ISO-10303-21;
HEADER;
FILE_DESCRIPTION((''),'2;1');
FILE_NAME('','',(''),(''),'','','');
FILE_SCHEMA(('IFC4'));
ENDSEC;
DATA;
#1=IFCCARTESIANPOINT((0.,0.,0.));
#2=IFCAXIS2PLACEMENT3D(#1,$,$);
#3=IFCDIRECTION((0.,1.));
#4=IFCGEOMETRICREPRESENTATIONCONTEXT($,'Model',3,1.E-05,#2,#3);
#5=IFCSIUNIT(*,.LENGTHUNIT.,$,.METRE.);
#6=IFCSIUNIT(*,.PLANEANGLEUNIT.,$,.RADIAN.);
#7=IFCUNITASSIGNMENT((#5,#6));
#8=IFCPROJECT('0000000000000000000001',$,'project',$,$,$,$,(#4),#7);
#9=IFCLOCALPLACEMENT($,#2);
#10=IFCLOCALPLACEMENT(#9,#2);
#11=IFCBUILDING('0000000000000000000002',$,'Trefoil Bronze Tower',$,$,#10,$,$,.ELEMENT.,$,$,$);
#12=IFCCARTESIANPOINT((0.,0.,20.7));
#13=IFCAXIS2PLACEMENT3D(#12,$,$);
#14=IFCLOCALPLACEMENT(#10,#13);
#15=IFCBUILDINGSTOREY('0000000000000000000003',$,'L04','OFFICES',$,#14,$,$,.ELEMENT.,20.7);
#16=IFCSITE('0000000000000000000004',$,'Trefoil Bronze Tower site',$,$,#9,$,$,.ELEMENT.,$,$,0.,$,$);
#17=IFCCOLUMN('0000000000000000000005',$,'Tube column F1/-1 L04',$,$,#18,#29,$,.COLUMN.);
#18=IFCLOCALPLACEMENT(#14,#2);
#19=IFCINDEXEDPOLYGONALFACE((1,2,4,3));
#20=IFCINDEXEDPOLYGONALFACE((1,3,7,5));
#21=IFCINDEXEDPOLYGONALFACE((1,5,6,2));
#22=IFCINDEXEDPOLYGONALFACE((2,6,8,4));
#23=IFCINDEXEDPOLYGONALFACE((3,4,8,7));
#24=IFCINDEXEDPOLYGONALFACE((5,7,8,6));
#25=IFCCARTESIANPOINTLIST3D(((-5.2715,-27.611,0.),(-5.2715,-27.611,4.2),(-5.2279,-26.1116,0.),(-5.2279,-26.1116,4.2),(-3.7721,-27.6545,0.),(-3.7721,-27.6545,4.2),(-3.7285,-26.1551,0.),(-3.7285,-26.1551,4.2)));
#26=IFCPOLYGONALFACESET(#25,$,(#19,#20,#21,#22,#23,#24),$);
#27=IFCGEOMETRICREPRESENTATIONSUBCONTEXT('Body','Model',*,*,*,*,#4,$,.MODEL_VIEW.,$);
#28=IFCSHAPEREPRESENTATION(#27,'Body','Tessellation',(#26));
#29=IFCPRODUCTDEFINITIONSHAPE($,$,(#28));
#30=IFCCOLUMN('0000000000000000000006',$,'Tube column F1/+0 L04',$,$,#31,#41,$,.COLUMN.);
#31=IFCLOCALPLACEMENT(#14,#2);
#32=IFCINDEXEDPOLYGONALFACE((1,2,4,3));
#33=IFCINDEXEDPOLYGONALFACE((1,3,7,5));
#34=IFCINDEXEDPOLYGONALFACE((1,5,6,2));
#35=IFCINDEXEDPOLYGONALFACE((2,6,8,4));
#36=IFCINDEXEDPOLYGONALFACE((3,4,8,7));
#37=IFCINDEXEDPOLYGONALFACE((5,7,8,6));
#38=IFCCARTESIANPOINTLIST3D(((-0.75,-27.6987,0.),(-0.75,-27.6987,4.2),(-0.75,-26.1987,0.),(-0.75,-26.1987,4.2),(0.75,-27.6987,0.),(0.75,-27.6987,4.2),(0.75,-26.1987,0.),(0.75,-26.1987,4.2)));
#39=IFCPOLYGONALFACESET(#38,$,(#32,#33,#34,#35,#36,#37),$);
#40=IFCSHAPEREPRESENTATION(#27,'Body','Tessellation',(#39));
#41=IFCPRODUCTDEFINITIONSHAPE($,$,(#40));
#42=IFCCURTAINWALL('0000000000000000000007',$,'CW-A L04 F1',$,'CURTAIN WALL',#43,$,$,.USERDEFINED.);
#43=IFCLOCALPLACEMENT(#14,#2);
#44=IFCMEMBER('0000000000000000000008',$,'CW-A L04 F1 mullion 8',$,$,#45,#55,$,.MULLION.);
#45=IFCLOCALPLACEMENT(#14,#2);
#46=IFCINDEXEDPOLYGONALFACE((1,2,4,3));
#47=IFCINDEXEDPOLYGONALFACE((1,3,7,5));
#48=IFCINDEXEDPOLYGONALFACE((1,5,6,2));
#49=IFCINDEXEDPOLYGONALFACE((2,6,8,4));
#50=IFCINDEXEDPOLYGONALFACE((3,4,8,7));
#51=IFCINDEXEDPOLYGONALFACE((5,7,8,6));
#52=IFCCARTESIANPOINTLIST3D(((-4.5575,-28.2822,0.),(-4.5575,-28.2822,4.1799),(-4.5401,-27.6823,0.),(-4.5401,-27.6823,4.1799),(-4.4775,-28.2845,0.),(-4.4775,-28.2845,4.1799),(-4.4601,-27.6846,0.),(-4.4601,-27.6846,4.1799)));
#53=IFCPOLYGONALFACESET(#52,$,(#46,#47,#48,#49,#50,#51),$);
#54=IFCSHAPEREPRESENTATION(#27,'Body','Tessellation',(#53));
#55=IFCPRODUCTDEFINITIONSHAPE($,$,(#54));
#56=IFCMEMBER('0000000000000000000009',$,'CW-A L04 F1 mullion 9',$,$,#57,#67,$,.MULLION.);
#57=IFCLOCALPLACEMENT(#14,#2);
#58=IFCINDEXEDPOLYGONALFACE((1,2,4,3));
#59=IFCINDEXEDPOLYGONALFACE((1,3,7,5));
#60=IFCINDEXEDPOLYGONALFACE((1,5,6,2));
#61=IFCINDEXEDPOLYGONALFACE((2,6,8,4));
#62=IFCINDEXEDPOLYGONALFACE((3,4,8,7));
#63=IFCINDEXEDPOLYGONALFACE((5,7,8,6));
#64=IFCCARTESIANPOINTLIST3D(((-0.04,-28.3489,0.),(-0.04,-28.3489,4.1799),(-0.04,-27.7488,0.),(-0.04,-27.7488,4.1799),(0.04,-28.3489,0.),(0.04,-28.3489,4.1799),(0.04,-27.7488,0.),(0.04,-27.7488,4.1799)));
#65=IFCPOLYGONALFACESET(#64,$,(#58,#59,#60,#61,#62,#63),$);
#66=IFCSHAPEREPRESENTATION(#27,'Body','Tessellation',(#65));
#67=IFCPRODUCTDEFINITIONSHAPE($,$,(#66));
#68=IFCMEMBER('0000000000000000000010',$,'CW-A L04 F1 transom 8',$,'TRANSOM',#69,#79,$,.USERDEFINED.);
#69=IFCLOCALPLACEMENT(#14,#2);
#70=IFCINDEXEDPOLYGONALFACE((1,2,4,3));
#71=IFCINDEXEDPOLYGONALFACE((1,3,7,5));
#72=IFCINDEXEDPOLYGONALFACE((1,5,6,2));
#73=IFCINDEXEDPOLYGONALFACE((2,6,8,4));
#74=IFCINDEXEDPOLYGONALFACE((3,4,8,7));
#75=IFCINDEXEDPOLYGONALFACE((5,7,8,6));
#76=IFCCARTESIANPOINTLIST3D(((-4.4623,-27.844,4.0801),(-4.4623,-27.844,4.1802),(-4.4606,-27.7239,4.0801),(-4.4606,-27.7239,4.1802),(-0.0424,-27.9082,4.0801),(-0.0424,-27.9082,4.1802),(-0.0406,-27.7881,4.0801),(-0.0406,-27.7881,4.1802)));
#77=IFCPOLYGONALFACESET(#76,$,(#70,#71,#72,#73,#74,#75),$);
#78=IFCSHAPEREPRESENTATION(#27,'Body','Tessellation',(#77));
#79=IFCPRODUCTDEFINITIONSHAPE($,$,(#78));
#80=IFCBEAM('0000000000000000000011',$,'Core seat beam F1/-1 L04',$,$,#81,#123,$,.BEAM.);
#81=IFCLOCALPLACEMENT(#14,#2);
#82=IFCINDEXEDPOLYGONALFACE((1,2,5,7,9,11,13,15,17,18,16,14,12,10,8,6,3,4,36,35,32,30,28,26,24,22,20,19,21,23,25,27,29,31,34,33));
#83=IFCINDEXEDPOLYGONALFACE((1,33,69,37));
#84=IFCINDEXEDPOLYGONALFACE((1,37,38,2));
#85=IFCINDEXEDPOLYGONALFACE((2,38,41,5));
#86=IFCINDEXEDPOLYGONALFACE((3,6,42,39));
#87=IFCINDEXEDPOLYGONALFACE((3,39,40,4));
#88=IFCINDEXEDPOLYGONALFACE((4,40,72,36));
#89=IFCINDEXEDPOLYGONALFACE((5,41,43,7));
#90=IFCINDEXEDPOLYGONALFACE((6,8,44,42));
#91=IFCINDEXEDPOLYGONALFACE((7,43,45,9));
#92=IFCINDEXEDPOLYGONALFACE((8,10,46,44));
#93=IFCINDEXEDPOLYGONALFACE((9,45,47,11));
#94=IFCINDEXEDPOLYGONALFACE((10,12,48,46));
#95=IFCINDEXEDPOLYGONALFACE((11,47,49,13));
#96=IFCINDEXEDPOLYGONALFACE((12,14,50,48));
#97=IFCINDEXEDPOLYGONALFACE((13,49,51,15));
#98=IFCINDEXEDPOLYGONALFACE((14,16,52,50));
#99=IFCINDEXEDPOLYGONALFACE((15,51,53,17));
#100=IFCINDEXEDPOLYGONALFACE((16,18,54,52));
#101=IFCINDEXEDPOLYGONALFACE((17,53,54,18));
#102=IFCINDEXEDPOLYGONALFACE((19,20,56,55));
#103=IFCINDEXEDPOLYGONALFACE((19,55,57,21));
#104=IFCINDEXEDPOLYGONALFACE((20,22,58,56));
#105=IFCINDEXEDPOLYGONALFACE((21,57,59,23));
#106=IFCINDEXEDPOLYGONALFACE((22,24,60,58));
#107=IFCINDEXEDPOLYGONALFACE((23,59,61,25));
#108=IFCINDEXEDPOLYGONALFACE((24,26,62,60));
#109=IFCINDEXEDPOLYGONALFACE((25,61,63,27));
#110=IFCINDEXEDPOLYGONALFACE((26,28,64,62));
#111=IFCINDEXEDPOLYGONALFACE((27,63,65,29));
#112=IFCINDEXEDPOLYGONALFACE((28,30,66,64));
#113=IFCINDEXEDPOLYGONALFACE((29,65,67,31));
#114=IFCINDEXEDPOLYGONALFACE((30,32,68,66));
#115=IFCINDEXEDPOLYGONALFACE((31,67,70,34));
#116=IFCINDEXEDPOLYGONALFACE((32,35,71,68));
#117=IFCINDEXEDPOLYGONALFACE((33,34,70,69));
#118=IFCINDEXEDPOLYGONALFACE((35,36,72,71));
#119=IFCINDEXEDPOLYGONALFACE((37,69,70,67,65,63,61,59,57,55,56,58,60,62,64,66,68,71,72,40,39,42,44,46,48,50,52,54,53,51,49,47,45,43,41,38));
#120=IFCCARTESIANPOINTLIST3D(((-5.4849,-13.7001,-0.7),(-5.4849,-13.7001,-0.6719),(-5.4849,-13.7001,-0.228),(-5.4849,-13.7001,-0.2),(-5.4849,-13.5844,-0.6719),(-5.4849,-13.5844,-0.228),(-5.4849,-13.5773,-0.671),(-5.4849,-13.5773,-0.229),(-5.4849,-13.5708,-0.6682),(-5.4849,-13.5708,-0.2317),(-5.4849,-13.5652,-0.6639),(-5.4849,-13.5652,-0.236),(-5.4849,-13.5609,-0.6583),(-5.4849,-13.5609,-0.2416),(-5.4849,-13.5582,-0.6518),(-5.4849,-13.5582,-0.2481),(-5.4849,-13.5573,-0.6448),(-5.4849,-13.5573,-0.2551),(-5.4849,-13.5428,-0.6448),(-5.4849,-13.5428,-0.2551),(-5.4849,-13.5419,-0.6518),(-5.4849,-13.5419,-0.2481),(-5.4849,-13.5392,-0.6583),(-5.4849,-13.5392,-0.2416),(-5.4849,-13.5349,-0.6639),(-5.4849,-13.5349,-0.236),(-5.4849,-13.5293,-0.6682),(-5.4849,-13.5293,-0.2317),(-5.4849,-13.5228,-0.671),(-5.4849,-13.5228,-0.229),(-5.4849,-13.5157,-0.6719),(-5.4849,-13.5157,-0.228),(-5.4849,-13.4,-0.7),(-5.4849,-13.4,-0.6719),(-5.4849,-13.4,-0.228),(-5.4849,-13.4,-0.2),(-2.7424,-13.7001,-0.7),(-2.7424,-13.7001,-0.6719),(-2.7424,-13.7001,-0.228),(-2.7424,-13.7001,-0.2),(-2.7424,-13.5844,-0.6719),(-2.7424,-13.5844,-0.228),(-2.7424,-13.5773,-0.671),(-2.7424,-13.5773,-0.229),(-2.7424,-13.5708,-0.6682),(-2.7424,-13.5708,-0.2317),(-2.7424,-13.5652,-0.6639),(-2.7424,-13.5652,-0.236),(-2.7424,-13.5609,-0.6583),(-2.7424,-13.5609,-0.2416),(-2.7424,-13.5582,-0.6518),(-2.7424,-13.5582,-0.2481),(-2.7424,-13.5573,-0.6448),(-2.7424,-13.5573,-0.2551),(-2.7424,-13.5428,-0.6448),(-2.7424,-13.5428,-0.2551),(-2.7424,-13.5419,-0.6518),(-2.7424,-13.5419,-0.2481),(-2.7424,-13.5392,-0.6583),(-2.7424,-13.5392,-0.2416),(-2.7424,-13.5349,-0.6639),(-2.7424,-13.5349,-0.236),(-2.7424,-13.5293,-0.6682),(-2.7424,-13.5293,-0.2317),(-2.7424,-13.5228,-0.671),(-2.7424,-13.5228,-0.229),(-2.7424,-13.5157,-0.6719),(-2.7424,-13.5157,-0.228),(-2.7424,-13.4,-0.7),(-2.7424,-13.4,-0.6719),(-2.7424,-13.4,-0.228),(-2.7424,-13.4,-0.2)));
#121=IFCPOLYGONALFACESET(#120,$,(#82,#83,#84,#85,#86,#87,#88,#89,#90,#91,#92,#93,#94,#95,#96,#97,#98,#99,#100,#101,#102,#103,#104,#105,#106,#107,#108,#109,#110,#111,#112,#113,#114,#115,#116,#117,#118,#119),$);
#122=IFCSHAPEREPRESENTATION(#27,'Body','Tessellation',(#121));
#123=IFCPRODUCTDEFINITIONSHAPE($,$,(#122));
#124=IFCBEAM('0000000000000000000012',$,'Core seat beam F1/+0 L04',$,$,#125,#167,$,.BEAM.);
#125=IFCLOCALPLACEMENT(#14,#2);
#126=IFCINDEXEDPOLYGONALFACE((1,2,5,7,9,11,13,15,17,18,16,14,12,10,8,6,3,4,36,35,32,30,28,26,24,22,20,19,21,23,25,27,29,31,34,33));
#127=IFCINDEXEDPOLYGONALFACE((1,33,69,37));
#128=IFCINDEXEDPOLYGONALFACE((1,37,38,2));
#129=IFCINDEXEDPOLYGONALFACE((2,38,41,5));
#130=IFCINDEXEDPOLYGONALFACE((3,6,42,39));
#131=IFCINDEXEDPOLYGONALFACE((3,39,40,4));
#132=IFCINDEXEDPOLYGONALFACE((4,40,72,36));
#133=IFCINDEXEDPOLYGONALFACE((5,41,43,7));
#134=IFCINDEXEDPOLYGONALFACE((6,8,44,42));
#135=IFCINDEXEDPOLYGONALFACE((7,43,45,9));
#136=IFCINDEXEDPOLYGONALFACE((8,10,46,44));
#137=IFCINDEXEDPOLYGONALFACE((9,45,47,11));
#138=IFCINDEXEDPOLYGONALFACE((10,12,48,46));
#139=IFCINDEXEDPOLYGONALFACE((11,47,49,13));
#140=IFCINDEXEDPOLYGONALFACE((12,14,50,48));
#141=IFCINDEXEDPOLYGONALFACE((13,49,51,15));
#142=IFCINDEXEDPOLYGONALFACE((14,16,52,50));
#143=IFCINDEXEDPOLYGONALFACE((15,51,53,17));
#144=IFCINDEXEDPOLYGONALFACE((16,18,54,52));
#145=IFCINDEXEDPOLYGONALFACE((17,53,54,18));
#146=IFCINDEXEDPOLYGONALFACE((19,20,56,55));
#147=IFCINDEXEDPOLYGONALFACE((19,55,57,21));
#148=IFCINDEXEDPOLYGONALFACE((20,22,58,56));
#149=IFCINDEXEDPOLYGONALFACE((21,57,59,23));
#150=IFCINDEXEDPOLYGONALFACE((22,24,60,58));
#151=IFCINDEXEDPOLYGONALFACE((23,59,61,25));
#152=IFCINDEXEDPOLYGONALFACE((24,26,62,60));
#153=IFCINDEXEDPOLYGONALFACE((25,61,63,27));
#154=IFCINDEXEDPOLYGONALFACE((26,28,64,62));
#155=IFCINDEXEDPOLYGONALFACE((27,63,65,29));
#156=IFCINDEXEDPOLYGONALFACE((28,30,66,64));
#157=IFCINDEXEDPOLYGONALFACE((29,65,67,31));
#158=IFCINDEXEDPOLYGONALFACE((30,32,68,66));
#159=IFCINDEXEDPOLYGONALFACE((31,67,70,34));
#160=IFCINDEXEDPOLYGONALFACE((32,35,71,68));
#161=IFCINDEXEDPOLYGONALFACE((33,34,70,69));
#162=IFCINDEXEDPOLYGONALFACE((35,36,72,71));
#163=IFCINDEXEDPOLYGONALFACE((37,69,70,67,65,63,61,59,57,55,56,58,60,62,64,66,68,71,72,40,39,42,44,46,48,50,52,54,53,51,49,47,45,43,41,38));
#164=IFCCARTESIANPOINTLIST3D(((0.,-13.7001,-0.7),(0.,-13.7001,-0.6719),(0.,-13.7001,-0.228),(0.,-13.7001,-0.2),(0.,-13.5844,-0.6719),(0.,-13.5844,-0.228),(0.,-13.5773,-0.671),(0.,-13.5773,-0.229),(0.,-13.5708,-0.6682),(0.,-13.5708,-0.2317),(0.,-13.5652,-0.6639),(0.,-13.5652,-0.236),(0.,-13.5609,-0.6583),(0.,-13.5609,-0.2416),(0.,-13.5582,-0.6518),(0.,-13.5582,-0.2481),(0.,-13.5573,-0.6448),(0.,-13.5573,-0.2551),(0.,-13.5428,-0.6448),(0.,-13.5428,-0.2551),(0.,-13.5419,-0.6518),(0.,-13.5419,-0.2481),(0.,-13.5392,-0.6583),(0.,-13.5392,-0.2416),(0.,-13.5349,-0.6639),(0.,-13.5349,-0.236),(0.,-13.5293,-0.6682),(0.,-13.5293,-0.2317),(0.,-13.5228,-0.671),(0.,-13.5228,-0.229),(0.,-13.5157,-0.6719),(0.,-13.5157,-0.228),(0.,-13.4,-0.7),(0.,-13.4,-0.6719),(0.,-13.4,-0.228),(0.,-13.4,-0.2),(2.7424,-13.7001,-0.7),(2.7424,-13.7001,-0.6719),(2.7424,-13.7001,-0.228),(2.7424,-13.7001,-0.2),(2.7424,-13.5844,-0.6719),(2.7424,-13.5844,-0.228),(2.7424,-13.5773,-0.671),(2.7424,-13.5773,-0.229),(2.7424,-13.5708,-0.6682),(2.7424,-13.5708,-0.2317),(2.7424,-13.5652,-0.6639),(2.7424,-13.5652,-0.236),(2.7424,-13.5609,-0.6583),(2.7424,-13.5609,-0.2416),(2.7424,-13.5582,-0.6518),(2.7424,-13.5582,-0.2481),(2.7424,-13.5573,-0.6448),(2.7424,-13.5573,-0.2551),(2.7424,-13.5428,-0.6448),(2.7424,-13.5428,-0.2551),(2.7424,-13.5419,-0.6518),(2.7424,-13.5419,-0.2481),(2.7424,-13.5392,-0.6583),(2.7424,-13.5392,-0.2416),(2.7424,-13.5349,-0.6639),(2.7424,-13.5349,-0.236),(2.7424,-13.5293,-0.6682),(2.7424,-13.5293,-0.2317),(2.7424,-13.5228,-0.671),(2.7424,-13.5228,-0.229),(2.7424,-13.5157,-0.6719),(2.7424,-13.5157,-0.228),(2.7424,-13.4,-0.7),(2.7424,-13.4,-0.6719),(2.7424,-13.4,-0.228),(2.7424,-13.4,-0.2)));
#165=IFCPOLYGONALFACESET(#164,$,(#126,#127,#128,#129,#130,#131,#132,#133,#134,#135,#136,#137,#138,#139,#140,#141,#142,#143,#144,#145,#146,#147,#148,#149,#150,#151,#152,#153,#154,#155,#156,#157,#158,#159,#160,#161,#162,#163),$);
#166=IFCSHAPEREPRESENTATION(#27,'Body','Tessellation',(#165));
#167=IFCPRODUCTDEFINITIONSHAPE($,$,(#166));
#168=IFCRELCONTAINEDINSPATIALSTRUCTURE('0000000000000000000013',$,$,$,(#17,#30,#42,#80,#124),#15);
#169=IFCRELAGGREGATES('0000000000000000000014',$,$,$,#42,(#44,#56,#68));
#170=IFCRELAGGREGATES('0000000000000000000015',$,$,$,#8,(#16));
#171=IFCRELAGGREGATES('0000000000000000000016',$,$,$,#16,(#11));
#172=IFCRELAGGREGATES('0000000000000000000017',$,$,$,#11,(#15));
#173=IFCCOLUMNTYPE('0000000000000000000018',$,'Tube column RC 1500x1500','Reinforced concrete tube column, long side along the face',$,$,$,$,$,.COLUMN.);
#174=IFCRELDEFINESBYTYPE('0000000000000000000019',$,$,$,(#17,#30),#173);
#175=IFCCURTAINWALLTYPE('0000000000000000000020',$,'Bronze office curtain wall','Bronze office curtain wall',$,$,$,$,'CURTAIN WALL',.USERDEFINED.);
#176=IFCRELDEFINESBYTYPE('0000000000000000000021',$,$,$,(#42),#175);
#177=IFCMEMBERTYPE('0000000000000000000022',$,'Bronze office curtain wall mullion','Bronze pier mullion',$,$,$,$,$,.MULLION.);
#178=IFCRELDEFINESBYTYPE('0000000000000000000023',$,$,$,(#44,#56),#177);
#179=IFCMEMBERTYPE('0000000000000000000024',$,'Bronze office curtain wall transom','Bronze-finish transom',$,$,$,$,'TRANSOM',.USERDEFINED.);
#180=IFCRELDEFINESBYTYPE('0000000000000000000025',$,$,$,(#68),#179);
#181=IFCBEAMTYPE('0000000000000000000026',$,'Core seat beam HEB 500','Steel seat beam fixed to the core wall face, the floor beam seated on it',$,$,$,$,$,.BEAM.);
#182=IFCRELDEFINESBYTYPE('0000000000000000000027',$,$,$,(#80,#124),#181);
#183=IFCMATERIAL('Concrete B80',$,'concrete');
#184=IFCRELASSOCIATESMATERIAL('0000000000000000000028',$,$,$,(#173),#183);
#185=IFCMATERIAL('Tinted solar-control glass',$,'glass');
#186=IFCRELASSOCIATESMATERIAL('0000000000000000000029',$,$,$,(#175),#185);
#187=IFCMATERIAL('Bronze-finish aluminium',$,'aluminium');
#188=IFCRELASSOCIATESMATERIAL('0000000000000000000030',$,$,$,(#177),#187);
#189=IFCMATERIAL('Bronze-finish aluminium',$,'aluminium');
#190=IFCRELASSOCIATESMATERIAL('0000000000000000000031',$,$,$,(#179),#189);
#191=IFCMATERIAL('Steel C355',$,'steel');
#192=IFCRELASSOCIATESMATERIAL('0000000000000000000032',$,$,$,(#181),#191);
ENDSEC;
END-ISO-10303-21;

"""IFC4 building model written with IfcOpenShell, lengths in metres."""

from ifc_helpers import new_model, si_unit, direction, frame, origin, origin_2d, place, context, subcontext, project, spatial, rectangle, i_section, extrude, material, material_profile, profile_set, type_object, element, aggregate, save


model = new_model("IFC4")

# Units and contexts
model_context = context("Model", 3, precision=1e-05, world=origin(), true_north=direction((0.0, 1.0)))
body_context = subcontext(model_context, "Body", "Model", "MODEL_VIEW")
ifc_project = project(units=[si_unit("LENGTHUNIT", "METRE"), si_unit("PLANEANGLEUNIT", "RADIAN")], contexts=[model_context])

# Site, building, storey
site_placement = place(None, origin())
site = spatial("IfcSite", under=ifc_project, at=site_placement, Name="Trefoil Bronze Tower site", CompositionType="ELEMENT", RefElevation=0.0)
building_placement = place(site_placement, origin())
building = spatial("IfcBuilding", under=site, at=building_placement, Name="Trefoil Bronze Tower", CompositionType="ELEMENT")
storey_placement = place(building_placement, frame((0.0, 0.0, 20.7)))
storey = spatial("IfcBuildingStorey", under=building, at=storey_placement, Name="L04", Description="OFFICES", CompositionType="ELEMENT", Elevation=20.7)

# Columns
ifc_material_1 = material(Name="Concrete B80", Category="concrete")
ifc_material_profile_1 = material_profile(ifc_material_1, rectangle(XDim=1.5, YDim=1.5, at=origin_2d()), Name="RC 1500x1500")
ifc_profile_set_1 = profile_set([ifc_material_profile_1], Name="Concrete B80")
column_type = type_object("IfcColumnType", Name="Tube column RC 1500x1500", Description="Reinforced concrete tube column, long side along the face", PredefinedType="COLUMN", material=ifc_profile_set_1)
for number, where, z_axis, x_axis, name in (
    (1, (-4.5, -26.8831, 0.0), (0.0, 0.0, 1.0), (0.999579, -0.029022, 0.0), "Tube column F1/-1 L04"),
    (2, (0.0, -26.9487, 0.0), (0.0, 0.0, 1.0), (1.0, 0.0, 0.0), "Tube column F1/+0 L04"),
):
    element("IfcColumn", number, at=place(storey_placement, frame(where, z_axis=z_axis, x_axis=x_axis)), inside=storey, type_object=column_type, Name=name, PredefinedType="COLUMN", context=body_context, shape_type="SweptSolid", body=[
        extrude(rectangle(XDim=1.5, YDim=1.5, at=origin_2d()), origin(), (0.0, 0.0, 1.0), 4.2),
    ])

# Curtain wall, members
ifc_material_2 = material(Name="Tinted solar-control glass", Category="glass")
curtain_wall_type = type_object("IfcCurtainWallType", Name="Bronze office curtain wall", Description="Bronze office curtain wall", ElementType="CURTAIN WALL", PredefinedType="USERDEFINED", material=ifc_material_2)
curtain_wall_placement = place(storey_placement, origin())
curtain_wall = element("IfcCurtainWall", 3, at=curtain_wall_placement, inside=storey, type_object=curtain_wall_type, Name="CW-A L04 F1", ObjectType="CURTAIN WALL", PredefinedType="USERDEFINED")
ifc_material_3 = material(Name="Bronze-finish aluminium", Category="aluminium")
ifc_material_profile_2 = material_profile(ifc_material_3, rectangle(XDim=0.6001, YDim=0.0801, at=origin_2d()), Name="CW-A mullion")
ifc_profile_set_2 = profile_set([ifc_material_profile_2], Name="Bronze-finish aluminium")
member_type_1 = type_object("IfcMemberType", Name="Bronze office curtain wall mullion", Description="Bronze pier mullion", PredefinedType="MULLION", material=ifc_profile_set_2)
member_1_placement = place(storey_placement, frame((-4.5088, -27.9834, 0.0), z_axis=(0.0, 0.0, 1.0), x_axis=(0.029022, 0.999579, 0.0)))
member_1 = element("IfcMember", 4, at=member_1_placement, type_object=member_type_1, Name="CW-A L04 F1 mullion 8", PredefinedType="MULLION", context=body_context, shape_type="SweptSolid", body=[
    extrude(rectangle(XDim=0.6001, YDim=0.0801, at=origin_2d()), origin(), (0.0, 0.0, 1.0), 4.1799),
])
member_2_placement = place(storey_placement, frame((0.0, -28.0488, 0.0), z_axis=(0.0, 0.0, 1.0), x_axis=(0.0, 1.0, 0.0)))
member_2 = element("IfcMember", 5, at=member_2_placement, type_object=member_type_1, Name="CW-A L04 F1 mullion 9", PredefinedType="MULLION", context=body_context, shape_type="SweptSolid", body=[
    extrude(rectangle(XDim=0.6001, YDim=0.0801, at=origin_2d()), origin(), (0.0, 0.0, 1.0), 4.1799),
])
ifc_material_4 = material(Name="Bronze-finish aluminium", Category="aluminium")
ifc_material_profile_3 = material_profile(ifc_material_4, rectangle(XDim=0.1201, YDim=0.1001, at=origin_2d()), Name="CW-A transom")
ifc_profile_set_3 = profile_set([ifc_material_profile_3], Name="Bronze-finish aluminium")
member_type_2 = type_object("IfcMemberType", Name="Bronze office curtain wall transom", Description="Bronze-finish transom", ElementType="TRANSOM", PredefinedType="USERDEFINED", material=ifc_profile_set_3)
member_3_placement = place(storey_placement, frame((-4.4614, -27.7839, 4.1301), z_axis=(0.999894, -0.014526, 0.0), x_axis=(0.014526, 0.999894, 0.0)))
member_3 = element("IfcMember", 6, at=member_3_placement, type_object=member_type_2, Name="CW-A L04 F1 transom 8", ObjectType="TRANSOM", PredefinedType="USERDEFINED", context=body_context, shape_type="SweptSolid", body=[
    extrude(rectangle(XDim=0.1201, YDim=0.1001, at=origin_2d()), origin(), (0.0, 0.0, 1.0), 4.4204),
])

# Beams
ifc_material_5 = material(Name="Steel C355", Category="steel")
ifc_material_profile_4 = material_profile(ifc_material_5, i_section(OverallWidth=0.3, OverallDepth=0.5, WebThickness=0.0144, FlangeThickness=0.0281, FilletRadius=0.0271, at=origin_2d()), Name="HEB 500")
ifc_profile_set_4 = profile_set([ifc_material_profile_4], Name="Steel C355")
beam_type_1 = type_object("IfcBeamType", Name="Core seat beam HEB 500", Description="Steel seat beam fixed to the core wall face, the floor beam seated on it", PredefinedType="BEAM", material=ifc_profile_set_4)
for number, where, z_axis, x_axis, name in (
    (7, (-5.4849, -13.55, -0.45), (1.0, 0.0, 0.0), (0.0, 1.0, 0.0), "Core seat beam F1/-1 L04"),
    (8, (0.0, -13.55, -0.45), (1.0, 0.0, 0.0), (0.0, 1.0, 0.0), "Core seat beam F1/+0 L04"),
):
    element("IfcBeam", number, at=place(storey_placement, frame(where, z_axis=z_axis, x_axis=x_axis)), inside=storey, type_object=beam_type_1, Name=name, PredefinedType="BEAM", context=body_context, shape_type="SweptSolid", body=[
        extrude(i_section(OverallWidth=0.3, OverallDepth=0.5, WebThickness=0.0144, FlangeThickness=0.0281, FilletRadius=0.0271, at=origin_2d()), origin(), (0.0, 0.0, 1.0), 2.7424),
    ])

aggregate(curtain_wall, [member_1, member_2, member_3])

save(model, "model.ifc")
